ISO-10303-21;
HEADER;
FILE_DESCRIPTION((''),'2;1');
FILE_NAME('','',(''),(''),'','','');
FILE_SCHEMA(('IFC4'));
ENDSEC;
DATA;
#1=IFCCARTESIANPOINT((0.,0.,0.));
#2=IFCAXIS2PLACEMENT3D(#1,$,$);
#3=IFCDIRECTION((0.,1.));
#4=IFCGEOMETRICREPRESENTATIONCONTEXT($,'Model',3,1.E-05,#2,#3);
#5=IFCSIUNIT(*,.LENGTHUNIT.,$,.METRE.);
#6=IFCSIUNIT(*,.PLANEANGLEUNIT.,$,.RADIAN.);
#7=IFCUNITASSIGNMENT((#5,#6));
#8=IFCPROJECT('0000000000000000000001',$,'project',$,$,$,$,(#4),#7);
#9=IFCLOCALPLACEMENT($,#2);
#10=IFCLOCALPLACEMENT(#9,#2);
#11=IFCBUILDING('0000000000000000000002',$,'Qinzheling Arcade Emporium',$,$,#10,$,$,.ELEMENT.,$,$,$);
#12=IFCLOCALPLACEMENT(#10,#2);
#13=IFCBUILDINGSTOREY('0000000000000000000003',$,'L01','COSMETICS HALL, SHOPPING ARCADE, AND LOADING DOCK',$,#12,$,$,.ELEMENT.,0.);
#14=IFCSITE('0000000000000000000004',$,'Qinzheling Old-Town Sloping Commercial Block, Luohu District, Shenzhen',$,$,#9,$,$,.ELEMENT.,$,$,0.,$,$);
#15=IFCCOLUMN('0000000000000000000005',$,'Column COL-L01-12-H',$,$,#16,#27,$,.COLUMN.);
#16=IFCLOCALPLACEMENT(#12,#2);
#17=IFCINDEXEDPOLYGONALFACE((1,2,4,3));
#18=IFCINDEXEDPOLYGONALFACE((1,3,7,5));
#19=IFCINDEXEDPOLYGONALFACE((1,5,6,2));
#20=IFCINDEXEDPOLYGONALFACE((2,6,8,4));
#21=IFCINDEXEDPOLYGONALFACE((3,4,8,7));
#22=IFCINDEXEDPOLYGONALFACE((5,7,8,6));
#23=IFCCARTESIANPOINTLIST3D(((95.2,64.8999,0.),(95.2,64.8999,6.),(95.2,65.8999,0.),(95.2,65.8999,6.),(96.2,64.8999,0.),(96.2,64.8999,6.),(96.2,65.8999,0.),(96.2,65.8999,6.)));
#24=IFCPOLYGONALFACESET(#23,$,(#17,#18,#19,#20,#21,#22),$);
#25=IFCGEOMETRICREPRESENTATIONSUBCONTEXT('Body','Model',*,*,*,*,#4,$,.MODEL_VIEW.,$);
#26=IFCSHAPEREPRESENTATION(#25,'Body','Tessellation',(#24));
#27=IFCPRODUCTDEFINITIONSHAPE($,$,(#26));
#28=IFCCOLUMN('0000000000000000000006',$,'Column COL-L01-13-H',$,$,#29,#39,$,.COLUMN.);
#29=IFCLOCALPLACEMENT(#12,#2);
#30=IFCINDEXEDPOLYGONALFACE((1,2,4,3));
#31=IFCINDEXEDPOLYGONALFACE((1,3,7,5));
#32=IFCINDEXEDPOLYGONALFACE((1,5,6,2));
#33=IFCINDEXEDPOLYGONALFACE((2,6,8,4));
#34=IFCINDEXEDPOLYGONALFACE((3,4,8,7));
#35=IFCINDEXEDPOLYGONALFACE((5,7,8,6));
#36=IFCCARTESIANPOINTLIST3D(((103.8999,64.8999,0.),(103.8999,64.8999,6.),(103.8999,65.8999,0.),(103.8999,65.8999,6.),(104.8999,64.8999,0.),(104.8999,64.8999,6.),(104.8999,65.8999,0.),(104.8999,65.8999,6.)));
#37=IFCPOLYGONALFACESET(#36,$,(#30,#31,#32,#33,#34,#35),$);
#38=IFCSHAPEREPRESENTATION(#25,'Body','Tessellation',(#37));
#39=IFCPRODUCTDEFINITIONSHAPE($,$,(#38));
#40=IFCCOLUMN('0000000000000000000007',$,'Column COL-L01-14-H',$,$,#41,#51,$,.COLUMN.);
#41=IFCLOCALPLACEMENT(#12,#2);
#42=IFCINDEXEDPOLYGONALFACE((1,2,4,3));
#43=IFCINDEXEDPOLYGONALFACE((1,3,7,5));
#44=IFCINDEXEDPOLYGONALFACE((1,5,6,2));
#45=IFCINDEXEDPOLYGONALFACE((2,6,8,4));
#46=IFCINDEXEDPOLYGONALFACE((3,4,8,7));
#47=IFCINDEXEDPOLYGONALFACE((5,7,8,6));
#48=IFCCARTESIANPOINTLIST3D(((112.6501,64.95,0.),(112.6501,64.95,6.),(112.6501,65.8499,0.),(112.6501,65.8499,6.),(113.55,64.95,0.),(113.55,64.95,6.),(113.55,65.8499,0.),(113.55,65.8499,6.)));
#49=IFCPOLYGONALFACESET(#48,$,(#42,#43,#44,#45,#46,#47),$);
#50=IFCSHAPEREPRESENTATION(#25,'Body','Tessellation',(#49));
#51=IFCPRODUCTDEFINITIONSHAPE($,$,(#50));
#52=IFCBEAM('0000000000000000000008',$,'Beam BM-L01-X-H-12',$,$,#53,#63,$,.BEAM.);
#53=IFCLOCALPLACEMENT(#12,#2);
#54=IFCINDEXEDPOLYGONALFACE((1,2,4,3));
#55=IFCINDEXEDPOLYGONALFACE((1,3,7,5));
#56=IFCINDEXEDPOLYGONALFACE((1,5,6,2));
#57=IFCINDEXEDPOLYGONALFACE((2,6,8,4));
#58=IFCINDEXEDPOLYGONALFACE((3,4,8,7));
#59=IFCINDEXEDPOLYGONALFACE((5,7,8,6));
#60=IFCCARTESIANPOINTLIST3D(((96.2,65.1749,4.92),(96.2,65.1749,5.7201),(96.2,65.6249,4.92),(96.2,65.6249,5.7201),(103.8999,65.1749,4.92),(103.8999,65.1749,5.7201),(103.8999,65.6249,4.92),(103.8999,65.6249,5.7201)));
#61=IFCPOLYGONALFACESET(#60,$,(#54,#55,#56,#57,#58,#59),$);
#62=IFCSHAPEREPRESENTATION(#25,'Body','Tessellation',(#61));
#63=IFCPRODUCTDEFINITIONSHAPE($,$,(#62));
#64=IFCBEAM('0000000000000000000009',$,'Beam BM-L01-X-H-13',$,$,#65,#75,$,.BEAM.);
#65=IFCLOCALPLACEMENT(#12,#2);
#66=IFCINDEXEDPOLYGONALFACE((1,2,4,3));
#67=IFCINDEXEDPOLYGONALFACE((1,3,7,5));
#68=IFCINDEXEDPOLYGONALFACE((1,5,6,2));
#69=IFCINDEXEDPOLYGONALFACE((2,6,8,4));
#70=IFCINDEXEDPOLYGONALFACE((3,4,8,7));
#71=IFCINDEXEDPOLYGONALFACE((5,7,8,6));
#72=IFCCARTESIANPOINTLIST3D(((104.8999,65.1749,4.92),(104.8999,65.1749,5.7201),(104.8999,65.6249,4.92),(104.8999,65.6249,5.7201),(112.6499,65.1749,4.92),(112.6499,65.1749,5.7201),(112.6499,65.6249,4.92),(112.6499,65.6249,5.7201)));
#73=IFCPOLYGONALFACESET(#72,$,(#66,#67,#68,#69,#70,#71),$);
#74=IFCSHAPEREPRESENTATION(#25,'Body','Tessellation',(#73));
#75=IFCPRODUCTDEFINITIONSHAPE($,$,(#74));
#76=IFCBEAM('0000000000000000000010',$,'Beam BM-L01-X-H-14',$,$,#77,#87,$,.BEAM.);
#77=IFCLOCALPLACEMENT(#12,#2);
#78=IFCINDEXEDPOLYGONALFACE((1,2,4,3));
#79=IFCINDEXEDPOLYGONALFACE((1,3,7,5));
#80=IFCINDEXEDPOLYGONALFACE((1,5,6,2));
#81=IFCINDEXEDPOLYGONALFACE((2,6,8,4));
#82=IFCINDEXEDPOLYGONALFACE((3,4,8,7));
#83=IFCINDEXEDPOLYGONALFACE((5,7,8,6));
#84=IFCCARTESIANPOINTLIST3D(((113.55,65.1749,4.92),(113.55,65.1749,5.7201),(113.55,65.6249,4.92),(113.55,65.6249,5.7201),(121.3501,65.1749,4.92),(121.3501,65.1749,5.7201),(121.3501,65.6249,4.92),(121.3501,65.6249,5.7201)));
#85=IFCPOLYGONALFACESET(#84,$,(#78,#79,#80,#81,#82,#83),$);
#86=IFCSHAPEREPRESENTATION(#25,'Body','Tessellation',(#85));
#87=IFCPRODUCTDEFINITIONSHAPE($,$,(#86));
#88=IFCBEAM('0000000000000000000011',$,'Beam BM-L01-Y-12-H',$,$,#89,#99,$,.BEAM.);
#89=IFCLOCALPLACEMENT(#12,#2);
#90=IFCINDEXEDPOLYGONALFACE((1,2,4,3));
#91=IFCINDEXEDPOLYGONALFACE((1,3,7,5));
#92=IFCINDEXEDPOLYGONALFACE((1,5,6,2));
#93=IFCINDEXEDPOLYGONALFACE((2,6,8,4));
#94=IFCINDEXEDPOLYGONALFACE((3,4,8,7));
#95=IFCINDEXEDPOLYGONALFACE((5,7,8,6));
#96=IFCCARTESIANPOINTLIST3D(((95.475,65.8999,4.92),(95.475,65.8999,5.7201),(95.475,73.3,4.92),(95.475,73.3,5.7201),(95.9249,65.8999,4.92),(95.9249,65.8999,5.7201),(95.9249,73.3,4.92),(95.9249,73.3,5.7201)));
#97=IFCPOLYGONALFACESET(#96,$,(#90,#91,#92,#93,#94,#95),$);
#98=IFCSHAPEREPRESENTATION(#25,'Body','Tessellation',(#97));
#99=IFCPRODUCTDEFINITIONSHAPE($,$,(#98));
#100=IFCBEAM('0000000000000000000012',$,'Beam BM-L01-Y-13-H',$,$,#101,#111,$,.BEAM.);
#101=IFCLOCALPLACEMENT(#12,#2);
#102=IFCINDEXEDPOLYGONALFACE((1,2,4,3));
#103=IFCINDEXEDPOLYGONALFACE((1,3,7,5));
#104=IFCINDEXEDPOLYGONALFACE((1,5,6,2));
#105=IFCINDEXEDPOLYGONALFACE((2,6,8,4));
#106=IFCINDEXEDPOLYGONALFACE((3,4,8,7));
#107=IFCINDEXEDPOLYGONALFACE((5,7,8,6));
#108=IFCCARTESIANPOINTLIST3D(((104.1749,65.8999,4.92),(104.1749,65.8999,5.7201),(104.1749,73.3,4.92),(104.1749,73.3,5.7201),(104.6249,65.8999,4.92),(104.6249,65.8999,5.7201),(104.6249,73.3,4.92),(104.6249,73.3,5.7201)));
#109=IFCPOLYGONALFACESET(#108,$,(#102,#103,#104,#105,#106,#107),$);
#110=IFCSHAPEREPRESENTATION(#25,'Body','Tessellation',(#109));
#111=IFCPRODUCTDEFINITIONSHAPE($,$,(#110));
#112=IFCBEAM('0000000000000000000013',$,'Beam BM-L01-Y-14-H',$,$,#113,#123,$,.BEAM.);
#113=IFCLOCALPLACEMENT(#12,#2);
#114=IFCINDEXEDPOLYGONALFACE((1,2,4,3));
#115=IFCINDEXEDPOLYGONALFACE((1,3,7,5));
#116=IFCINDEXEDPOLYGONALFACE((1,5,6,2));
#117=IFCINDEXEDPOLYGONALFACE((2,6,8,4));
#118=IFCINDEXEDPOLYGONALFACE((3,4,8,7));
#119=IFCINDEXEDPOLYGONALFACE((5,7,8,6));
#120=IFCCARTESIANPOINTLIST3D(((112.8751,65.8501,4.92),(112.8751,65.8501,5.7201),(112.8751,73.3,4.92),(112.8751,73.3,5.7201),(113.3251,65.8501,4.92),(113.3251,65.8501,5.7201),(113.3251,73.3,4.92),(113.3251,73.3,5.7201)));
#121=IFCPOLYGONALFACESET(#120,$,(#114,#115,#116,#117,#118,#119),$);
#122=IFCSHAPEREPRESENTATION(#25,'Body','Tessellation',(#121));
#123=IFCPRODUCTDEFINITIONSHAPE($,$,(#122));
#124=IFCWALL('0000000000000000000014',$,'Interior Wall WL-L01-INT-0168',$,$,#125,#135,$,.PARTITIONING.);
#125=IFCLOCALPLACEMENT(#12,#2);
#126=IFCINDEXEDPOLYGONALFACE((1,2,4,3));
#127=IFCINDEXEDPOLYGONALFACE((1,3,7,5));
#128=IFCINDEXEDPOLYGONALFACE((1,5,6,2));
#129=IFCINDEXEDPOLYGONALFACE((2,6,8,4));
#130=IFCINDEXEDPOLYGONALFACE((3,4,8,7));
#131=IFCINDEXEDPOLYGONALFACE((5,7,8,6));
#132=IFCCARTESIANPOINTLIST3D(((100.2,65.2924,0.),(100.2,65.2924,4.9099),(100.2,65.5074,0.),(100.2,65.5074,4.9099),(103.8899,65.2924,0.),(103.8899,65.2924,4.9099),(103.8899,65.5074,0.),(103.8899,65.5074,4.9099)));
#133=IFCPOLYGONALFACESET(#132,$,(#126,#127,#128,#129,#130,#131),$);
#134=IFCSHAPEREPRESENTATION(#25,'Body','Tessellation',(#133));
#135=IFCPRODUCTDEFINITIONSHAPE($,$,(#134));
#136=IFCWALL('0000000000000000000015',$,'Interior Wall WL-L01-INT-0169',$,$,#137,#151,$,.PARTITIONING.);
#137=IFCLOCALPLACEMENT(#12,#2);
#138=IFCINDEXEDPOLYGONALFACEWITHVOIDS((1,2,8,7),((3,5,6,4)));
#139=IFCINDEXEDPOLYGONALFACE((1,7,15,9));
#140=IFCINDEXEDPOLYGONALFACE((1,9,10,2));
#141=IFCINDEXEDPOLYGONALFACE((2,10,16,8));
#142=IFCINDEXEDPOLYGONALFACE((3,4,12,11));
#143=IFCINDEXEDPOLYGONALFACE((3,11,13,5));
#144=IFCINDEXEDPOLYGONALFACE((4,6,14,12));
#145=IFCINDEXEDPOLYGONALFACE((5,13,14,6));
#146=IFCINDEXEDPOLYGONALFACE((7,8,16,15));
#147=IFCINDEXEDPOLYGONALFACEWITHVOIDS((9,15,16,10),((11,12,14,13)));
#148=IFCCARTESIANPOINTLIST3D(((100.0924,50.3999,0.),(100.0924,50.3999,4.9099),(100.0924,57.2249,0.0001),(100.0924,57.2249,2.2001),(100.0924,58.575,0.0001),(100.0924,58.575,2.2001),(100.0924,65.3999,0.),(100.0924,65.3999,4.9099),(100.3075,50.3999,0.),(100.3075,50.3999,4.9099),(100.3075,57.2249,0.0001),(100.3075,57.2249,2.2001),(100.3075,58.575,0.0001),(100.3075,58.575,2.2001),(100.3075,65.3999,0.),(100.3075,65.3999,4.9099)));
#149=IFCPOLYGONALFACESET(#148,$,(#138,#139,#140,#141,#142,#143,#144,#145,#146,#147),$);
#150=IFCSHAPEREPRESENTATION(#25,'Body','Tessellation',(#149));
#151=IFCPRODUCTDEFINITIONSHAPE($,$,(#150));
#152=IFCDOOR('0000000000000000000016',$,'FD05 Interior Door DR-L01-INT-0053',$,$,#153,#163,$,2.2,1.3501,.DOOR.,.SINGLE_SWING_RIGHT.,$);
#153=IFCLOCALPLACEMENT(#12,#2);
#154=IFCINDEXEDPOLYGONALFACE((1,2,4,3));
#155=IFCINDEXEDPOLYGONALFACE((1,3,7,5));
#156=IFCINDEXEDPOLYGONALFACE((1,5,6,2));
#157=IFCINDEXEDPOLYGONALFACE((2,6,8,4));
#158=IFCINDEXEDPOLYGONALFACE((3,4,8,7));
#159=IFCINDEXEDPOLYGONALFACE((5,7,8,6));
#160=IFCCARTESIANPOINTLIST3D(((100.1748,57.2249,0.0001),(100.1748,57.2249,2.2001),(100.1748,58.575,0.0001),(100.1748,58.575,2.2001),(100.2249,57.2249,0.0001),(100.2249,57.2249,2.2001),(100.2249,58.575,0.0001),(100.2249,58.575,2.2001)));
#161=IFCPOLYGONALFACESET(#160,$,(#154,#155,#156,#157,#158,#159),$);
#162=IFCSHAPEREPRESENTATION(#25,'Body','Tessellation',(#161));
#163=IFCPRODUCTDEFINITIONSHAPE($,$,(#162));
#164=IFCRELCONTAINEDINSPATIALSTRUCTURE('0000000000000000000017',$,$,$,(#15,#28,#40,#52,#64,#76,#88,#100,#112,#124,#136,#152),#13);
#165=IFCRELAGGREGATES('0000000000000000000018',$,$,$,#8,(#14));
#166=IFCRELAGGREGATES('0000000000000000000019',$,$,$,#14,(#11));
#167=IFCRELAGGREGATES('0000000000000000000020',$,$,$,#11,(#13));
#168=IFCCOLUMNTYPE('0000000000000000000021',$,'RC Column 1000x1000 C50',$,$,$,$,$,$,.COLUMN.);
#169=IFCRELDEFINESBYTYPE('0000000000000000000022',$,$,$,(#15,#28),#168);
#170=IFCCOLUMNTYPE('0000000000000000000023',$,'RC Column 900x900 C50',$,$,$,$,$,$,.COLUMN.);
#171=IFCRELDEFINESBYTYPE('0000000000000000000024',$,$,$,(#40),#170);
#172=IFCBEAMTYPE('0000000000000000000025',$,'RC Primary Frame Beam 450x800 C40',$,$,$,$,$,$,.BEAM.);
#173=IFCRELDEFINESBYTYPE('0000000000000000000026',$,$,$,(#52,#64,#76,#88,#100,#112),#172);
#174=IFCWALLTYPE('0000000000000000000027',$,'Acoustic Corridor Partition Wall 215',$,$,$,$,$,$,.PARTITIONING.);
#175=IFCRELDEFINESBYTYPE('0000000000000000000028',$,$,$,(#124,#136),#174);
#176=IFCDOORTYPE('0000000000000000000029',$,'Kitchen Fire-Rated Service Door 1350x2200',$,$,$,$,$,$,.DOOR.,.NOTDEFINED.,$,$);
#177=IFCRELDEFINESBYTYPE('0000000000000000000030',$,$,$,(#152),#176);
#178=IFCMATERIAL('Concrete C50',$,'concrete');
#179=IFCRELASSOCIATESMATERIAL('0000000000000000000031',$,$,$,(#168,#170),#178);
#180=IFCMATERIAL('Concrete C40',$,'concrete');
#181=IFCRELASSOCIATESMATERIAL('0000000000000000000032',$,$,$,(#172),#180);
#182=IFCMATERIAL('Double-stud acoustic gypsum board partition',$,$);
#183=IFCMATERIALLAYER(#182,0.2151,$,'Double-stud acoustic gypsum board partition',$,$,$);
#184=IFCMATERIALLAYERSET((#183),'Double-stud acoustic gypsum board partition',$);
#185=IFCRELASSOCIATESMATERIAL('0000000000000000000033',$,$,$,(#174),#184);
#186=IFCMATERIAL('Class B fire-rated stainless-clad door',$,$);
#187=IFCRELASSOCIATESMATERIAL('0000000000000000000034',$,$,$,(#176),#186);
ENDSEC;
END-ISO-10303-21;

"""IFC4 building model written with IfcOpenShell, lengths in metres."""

from ifc_helpers import new_model, si_unit, direction, frame, frame_2d, origin, origin_2d, place, context, subcontext, project, spatial, rectangle, extrude, material, layer, layer_set, material_profile, profile_set, type_object, element, fill, save


model = new_model("IFC4")

# Units and contexts
model_context = context("Model", 3, precision=1e-05, world=origin(), true_north=direction((0.0, 1.0)))
body_context = subcontext(model_context, "Body", "Model", "MODEL_VIEW")
ifc_project = project(units=[si_unit("LENGTHUNIT", "METRE"), si_unit("PLANEANGLEUNIT", "RADIAN")], contexts=[model_context])

# Site, building, storey
site_placement = place(None, origin())
site = spatial("IfcSite", under=ifc_project, at=site_placement, Name="Qinzheling Old-Town Sloping Commercial Block, Luohu District, Shenzhen", CompositionType="ELEMENT", RefElevation=0.0)
building_placement = place(site_placement, origin())
building = spatial("IfcBuilding", under=site, at=building_placement, Name="Qinzheling Arcade Emporium", CompositionType="ELEMENT")
storey_placement = place(building_placement, origin())
storey = spatial("IfcBuildingStorey", under=building, at=storey_placement, Name="L01", Description="COSMETICS HALL, SHOPPING ARCADE, AND LOADING DOCK", CompositionType="ELEMENT", Elevation=0.0)

# Columns
ifc_material_1 = material(Name="Concrete C50", Category="concrete")
ifc_material_profile_1 = material_profile(ifc_material_1, rectangle(XDim=1.0, YDim=1.0, at=origin_2d()), Name="RC 1000x1000", Category="concrete")
ifc_profile_set_1 = profile_set([ifc_material_profile_1], Name="Concrete C50")
column_type_1 = type_object("IfcColumnType", Name="RC Column 1000x1000 C50", PredefinedType="COLUMN", material=ifc_profile_set_1)
for number, where, z_axis, x_axis, name in (
    (1, (95.7, 65.3999, 0.0), (0.0, 0.0, 1.0), (1.0, 0.0, 0.0), "Column COL-L01-12-H"),
    (2, (104.3999, 65.3999, 0.0), (0.0, 0.0, 1.0), (1.0, 0.0, 0.0), "Column COL-L01-13-H"),
):
    element("IfcColumn", number, at=place(storey_placement, frame(where, z_axis=z_axis, x_axis=x_axis)), inside=storey, type_object=column_type_1, Name=name, PredefinedType="COLUMN", context=body_context, shape_type="SweptSolid", body=[
        extrude(rectangle(XDim=1.0, YDim=1.0, at=origin_2d()), origin(), (0.0, 0.0, 1.0), 6.0),
    ])
ifc_material_profile_2 = material_profile(ifc_material_1, rectangle(XDim=0.8999, YDim=0.8999, at=origin_2d()), Name="RC 900x900", Category="concrete")
ifc_profile_set_2 = profile_set([ifc_material_profile_2], Name="Concrete C50")
column_type_2 = type_object("IfcColumnType", Name="RC Column 900x900 C50", PredefinedType="COLUMN", material=ifc_profile_set_2)
column_placement = place(storey_placement, frame((113.1001, 65.3999, 0.0), z_axis=(0.0, 0.0, 1.0), x_axis=(1.0, 0.0, 0.0)))
element("IfcColumn", 3, at=column_placement, inside=storey, type_object=column_type_2, Name="Column COL-L01-14-H", PredefinedType="COLUMN", context=body_context, shape_type="SweptSolid", body=[
    extrude(rectangle(XDim=0.8999, YDim=0.8999, at=origin_2d()), origin(), (0.0, 0.0, 1.0), 6.0),
])

# Beams
ifc_material_2 = material(Name="Concrete C40", Category="concrete")
ifc_material_profile_3 = material_profile(ifc_material_2, rectangle(XDim=0.45, YDim=0.8, at=origin_2d()), Name="RC 450x800", Category="concrete")
ifc_profile_set_3 = profile_set([ifc_material_profile_3], Name="Concrete C40")
beam_type = type_object("IfcBeamType", Name="RC Primary Frame Beam 450x800 C40", PredefinedType="BEAM", material=ifc_profile_set_3)
beam_1_placement = place(storey_placement, frame((96.2, 65.3999, 5.3201), z_axis=(1.0, 0.0, 0.0), x_axis=(0.0, 1.0, 0.0)))
element("IfcBeam", 4, at=beam_1_placement, inside=storey, type_object=beam_type, Name="Beam BM-L01-X-H-12", PredefinedType="BEAM", context=body_context, shape_type="SweptSolid", body=[
    extrude(rectangle(XDim=0.45, YDim=0.8, at=origin_2d()), origin(), (0.0, 0.0, 1.0), 7.7),
])
beam_2_placement = place(storey_placement, frame((104.8999, 65.3999, 5.3201), z_axis=(1.0, 0.0, 0.0), x_axis=(0.0, 1.0, 0.0)))
element("IfcBeam", 5, at=beam_2_placement, inside=storey, type_object=beam_type, Name="Beam BM-L01-X-H-13", PredefinedType="BEAM", context=body_context, shape_type="SweptSolid", body=[
    extrude(rectangle(XDim=0.45, YDim=0.8, at=origin_2d()), origin(), (0.0, 0.0, 1.0), 7.75),
])
beam_3_placement = place(storey_placement, frame((113.55, 65.3999, 5.3201), z_axis=(1.0, 0.0, 0.0), x_axis=(0.0, 1.0, 0.0)))
element("IfcBeam", 6, at=beam_3_placement, inside=storey, type_object=beam_type, Name="Beam BM-L01-X-H-14", PredefinedType="BEAM", context=body_context, shape_type="SweptSolid", body=[
    extrude(rectangle(XDim=0.45, YDim=0.8, at=origin_2d()), origin(), (0.0, 0.0, 1.0), 7.8),
])
for number, where, z_axis, x_axis, name in (
    (7, (95.7, 65.8999, 5.3201), (0.0, 1.0, 0.0), (-1.0, 0.0, 0.0), "Beam BM-L01-Y-12-H"),
    (8, (104.3999, 65.8999, 5.3201), (0.0, 1.0, 0.0), (-1.0, 0.0, 0.0), "Beam BM-L01-Y-13-H"),
):
    element("IfcBeam", number, at=place(storey_placement, frame(where, z_axis=z_axis, x_axis=x_axis)), inside=storey, type_object=beam_type, Name=name, PredefinedType="BEAM", context=body_context, shape_type="SweptSolid", body=[
        extrude(rectangle(XDim=0.45, YDim=0.8, at=origin_2d()), origin(), (0.0, 0.0, 1.0), 7.4001),
    ])
beam_4_placement = place(storey_placement, frame((113.1001, 65.8501, 5.3201), z_axis=(0.0, 1.0, 0.0), x_axis=(-1.0, 0.0, 0.0)))
element("IfcBeam", 9, at=beam_4_placement, inside=storey, type_object=beam_type, Name="Beam BM-L01-Y-14-H", PredefinedType="BEAM", context=body_context, shape_type="SweptSolid", body=[
    extrude(rectangle(XDim=0.45, YDim=0.8, at=origin_2d()), origin(), (0.0, 0.0, 1.0), 7.45),
])

# Wall
ifc_material_3 = material(Name="Double-stud acoustic gypsum board partition")
ifc_layer_1 = layer(ifc_material_3, 0.2151, Name="Double-stud acoustic gypsum board partition")
ifc_layer_set_1 = layer_set([ifc_layer_1], Name="Double-stud acoustic gypsum board partition")
wall_type_1 = type_object("IfcWallType", Name="Acoustic Corridor Partition Wall 215", PredefinedType="PARTITIONING", material=ifc_layer_set_1)
wall_1_placement = place(storey_placement, frame((103.8899, 65.3999, 0.0), z_axis=(0.0, 0.0, 1.0), x_axis=(-1.0, 0.0, 0.0)))
element("IfcWall", 10, at=wall_1_placement, inside=storey, type_object=wall_type_1, Name="Interior Wall WL-L01-INT-0168", PredefinedType="PARTITIONING", context=body_context, shape_type="SweptSolid", body=[
    extrude(rectangle(XDim=3.6899, YDim=0.2151, at=frame_2d((1.845, 0.0))), origin(), (0.0, 0.0, 1.0), 4.9099),
])

# Wall, opening, door
wall_2_placement = place(storey_placement, frame((100.2, 65.3999, 0.0), z_axis=(0.0, 0.0, 1.0), x_axis=(0.0, -1.0, 0.0)))
wall_2 = element("IfcWall", 11, at=wall_2_placement, inside=storey, type_object=wall_type_1, Name="Interior Wall WL-L01-INT-0169", PredefinedType="PARTITIONING", context=body_context, shape_type="SweptSolid", body=[
    extrude(rectangle(XDim=15.0, YDim=0.2151, at=frame_2d((7.5, 0.0))), origin(), (0.0, 0.0, 1.0), 4.9099),
])
opening_1_placement = place(wall_2_placement, frame((6.825, 0.0, 0.0)))
opening_1 = element("IfcOpeningElement", 12, at=opening_1_placement, cuts=wall_2, PredefinedType="OPENING", context=body_context, shape_type="SweptSolid", body=[
    extrude(rectangle(XDim=1.3501, YDim=2.2, at=frame_2d((0.675, 1.1001))), frame((0.0, 0.1177, 0.0), z_axis=(0.0, -1.0, 0.0), x_axis=(1.0, 0.0, 0.0)), (0.0, 0.0, 1.0), 0.2351),
])
ifc_material_4 = material(Name="Class B fire-rated stainless-clad door")
door_type = type_object("IfcDoorType", Name="Kitchen Fire-Rated Service Door 1350x2200", OperationType="NOTDEFINED", PredefinedType="DOOR", material=ifc_material_4)
door_1_placement = place(opening_1_placement, origin())
door_1 = element("IfcDoor", 13, at=door_1_placement, inside=storey, type_object=door_type, Name="FD05 Interior Door DR-L01-INT-0053", OperationType="SINGLE_SWING_RIGHT", OverallHeight=2.2, OverallWidth=1.3501, PredefinedType="DOOR", context=body_context, shape_type="SweptSolid", body=[
    extrude(rectangle(XDim=1.3501, YDim=2.2, at=frame_2d((0.675, 1.1001))), frame((0.0, 0.0249, 0.0), z_axis=(0.0, -1.0, 0.0), x_axis=(1.0, 0.0, 0.0)), (0.0, 0.0, 1.0), 0.05),
])
fill(opening_1, door_1)

save(model, "model.ifc")
